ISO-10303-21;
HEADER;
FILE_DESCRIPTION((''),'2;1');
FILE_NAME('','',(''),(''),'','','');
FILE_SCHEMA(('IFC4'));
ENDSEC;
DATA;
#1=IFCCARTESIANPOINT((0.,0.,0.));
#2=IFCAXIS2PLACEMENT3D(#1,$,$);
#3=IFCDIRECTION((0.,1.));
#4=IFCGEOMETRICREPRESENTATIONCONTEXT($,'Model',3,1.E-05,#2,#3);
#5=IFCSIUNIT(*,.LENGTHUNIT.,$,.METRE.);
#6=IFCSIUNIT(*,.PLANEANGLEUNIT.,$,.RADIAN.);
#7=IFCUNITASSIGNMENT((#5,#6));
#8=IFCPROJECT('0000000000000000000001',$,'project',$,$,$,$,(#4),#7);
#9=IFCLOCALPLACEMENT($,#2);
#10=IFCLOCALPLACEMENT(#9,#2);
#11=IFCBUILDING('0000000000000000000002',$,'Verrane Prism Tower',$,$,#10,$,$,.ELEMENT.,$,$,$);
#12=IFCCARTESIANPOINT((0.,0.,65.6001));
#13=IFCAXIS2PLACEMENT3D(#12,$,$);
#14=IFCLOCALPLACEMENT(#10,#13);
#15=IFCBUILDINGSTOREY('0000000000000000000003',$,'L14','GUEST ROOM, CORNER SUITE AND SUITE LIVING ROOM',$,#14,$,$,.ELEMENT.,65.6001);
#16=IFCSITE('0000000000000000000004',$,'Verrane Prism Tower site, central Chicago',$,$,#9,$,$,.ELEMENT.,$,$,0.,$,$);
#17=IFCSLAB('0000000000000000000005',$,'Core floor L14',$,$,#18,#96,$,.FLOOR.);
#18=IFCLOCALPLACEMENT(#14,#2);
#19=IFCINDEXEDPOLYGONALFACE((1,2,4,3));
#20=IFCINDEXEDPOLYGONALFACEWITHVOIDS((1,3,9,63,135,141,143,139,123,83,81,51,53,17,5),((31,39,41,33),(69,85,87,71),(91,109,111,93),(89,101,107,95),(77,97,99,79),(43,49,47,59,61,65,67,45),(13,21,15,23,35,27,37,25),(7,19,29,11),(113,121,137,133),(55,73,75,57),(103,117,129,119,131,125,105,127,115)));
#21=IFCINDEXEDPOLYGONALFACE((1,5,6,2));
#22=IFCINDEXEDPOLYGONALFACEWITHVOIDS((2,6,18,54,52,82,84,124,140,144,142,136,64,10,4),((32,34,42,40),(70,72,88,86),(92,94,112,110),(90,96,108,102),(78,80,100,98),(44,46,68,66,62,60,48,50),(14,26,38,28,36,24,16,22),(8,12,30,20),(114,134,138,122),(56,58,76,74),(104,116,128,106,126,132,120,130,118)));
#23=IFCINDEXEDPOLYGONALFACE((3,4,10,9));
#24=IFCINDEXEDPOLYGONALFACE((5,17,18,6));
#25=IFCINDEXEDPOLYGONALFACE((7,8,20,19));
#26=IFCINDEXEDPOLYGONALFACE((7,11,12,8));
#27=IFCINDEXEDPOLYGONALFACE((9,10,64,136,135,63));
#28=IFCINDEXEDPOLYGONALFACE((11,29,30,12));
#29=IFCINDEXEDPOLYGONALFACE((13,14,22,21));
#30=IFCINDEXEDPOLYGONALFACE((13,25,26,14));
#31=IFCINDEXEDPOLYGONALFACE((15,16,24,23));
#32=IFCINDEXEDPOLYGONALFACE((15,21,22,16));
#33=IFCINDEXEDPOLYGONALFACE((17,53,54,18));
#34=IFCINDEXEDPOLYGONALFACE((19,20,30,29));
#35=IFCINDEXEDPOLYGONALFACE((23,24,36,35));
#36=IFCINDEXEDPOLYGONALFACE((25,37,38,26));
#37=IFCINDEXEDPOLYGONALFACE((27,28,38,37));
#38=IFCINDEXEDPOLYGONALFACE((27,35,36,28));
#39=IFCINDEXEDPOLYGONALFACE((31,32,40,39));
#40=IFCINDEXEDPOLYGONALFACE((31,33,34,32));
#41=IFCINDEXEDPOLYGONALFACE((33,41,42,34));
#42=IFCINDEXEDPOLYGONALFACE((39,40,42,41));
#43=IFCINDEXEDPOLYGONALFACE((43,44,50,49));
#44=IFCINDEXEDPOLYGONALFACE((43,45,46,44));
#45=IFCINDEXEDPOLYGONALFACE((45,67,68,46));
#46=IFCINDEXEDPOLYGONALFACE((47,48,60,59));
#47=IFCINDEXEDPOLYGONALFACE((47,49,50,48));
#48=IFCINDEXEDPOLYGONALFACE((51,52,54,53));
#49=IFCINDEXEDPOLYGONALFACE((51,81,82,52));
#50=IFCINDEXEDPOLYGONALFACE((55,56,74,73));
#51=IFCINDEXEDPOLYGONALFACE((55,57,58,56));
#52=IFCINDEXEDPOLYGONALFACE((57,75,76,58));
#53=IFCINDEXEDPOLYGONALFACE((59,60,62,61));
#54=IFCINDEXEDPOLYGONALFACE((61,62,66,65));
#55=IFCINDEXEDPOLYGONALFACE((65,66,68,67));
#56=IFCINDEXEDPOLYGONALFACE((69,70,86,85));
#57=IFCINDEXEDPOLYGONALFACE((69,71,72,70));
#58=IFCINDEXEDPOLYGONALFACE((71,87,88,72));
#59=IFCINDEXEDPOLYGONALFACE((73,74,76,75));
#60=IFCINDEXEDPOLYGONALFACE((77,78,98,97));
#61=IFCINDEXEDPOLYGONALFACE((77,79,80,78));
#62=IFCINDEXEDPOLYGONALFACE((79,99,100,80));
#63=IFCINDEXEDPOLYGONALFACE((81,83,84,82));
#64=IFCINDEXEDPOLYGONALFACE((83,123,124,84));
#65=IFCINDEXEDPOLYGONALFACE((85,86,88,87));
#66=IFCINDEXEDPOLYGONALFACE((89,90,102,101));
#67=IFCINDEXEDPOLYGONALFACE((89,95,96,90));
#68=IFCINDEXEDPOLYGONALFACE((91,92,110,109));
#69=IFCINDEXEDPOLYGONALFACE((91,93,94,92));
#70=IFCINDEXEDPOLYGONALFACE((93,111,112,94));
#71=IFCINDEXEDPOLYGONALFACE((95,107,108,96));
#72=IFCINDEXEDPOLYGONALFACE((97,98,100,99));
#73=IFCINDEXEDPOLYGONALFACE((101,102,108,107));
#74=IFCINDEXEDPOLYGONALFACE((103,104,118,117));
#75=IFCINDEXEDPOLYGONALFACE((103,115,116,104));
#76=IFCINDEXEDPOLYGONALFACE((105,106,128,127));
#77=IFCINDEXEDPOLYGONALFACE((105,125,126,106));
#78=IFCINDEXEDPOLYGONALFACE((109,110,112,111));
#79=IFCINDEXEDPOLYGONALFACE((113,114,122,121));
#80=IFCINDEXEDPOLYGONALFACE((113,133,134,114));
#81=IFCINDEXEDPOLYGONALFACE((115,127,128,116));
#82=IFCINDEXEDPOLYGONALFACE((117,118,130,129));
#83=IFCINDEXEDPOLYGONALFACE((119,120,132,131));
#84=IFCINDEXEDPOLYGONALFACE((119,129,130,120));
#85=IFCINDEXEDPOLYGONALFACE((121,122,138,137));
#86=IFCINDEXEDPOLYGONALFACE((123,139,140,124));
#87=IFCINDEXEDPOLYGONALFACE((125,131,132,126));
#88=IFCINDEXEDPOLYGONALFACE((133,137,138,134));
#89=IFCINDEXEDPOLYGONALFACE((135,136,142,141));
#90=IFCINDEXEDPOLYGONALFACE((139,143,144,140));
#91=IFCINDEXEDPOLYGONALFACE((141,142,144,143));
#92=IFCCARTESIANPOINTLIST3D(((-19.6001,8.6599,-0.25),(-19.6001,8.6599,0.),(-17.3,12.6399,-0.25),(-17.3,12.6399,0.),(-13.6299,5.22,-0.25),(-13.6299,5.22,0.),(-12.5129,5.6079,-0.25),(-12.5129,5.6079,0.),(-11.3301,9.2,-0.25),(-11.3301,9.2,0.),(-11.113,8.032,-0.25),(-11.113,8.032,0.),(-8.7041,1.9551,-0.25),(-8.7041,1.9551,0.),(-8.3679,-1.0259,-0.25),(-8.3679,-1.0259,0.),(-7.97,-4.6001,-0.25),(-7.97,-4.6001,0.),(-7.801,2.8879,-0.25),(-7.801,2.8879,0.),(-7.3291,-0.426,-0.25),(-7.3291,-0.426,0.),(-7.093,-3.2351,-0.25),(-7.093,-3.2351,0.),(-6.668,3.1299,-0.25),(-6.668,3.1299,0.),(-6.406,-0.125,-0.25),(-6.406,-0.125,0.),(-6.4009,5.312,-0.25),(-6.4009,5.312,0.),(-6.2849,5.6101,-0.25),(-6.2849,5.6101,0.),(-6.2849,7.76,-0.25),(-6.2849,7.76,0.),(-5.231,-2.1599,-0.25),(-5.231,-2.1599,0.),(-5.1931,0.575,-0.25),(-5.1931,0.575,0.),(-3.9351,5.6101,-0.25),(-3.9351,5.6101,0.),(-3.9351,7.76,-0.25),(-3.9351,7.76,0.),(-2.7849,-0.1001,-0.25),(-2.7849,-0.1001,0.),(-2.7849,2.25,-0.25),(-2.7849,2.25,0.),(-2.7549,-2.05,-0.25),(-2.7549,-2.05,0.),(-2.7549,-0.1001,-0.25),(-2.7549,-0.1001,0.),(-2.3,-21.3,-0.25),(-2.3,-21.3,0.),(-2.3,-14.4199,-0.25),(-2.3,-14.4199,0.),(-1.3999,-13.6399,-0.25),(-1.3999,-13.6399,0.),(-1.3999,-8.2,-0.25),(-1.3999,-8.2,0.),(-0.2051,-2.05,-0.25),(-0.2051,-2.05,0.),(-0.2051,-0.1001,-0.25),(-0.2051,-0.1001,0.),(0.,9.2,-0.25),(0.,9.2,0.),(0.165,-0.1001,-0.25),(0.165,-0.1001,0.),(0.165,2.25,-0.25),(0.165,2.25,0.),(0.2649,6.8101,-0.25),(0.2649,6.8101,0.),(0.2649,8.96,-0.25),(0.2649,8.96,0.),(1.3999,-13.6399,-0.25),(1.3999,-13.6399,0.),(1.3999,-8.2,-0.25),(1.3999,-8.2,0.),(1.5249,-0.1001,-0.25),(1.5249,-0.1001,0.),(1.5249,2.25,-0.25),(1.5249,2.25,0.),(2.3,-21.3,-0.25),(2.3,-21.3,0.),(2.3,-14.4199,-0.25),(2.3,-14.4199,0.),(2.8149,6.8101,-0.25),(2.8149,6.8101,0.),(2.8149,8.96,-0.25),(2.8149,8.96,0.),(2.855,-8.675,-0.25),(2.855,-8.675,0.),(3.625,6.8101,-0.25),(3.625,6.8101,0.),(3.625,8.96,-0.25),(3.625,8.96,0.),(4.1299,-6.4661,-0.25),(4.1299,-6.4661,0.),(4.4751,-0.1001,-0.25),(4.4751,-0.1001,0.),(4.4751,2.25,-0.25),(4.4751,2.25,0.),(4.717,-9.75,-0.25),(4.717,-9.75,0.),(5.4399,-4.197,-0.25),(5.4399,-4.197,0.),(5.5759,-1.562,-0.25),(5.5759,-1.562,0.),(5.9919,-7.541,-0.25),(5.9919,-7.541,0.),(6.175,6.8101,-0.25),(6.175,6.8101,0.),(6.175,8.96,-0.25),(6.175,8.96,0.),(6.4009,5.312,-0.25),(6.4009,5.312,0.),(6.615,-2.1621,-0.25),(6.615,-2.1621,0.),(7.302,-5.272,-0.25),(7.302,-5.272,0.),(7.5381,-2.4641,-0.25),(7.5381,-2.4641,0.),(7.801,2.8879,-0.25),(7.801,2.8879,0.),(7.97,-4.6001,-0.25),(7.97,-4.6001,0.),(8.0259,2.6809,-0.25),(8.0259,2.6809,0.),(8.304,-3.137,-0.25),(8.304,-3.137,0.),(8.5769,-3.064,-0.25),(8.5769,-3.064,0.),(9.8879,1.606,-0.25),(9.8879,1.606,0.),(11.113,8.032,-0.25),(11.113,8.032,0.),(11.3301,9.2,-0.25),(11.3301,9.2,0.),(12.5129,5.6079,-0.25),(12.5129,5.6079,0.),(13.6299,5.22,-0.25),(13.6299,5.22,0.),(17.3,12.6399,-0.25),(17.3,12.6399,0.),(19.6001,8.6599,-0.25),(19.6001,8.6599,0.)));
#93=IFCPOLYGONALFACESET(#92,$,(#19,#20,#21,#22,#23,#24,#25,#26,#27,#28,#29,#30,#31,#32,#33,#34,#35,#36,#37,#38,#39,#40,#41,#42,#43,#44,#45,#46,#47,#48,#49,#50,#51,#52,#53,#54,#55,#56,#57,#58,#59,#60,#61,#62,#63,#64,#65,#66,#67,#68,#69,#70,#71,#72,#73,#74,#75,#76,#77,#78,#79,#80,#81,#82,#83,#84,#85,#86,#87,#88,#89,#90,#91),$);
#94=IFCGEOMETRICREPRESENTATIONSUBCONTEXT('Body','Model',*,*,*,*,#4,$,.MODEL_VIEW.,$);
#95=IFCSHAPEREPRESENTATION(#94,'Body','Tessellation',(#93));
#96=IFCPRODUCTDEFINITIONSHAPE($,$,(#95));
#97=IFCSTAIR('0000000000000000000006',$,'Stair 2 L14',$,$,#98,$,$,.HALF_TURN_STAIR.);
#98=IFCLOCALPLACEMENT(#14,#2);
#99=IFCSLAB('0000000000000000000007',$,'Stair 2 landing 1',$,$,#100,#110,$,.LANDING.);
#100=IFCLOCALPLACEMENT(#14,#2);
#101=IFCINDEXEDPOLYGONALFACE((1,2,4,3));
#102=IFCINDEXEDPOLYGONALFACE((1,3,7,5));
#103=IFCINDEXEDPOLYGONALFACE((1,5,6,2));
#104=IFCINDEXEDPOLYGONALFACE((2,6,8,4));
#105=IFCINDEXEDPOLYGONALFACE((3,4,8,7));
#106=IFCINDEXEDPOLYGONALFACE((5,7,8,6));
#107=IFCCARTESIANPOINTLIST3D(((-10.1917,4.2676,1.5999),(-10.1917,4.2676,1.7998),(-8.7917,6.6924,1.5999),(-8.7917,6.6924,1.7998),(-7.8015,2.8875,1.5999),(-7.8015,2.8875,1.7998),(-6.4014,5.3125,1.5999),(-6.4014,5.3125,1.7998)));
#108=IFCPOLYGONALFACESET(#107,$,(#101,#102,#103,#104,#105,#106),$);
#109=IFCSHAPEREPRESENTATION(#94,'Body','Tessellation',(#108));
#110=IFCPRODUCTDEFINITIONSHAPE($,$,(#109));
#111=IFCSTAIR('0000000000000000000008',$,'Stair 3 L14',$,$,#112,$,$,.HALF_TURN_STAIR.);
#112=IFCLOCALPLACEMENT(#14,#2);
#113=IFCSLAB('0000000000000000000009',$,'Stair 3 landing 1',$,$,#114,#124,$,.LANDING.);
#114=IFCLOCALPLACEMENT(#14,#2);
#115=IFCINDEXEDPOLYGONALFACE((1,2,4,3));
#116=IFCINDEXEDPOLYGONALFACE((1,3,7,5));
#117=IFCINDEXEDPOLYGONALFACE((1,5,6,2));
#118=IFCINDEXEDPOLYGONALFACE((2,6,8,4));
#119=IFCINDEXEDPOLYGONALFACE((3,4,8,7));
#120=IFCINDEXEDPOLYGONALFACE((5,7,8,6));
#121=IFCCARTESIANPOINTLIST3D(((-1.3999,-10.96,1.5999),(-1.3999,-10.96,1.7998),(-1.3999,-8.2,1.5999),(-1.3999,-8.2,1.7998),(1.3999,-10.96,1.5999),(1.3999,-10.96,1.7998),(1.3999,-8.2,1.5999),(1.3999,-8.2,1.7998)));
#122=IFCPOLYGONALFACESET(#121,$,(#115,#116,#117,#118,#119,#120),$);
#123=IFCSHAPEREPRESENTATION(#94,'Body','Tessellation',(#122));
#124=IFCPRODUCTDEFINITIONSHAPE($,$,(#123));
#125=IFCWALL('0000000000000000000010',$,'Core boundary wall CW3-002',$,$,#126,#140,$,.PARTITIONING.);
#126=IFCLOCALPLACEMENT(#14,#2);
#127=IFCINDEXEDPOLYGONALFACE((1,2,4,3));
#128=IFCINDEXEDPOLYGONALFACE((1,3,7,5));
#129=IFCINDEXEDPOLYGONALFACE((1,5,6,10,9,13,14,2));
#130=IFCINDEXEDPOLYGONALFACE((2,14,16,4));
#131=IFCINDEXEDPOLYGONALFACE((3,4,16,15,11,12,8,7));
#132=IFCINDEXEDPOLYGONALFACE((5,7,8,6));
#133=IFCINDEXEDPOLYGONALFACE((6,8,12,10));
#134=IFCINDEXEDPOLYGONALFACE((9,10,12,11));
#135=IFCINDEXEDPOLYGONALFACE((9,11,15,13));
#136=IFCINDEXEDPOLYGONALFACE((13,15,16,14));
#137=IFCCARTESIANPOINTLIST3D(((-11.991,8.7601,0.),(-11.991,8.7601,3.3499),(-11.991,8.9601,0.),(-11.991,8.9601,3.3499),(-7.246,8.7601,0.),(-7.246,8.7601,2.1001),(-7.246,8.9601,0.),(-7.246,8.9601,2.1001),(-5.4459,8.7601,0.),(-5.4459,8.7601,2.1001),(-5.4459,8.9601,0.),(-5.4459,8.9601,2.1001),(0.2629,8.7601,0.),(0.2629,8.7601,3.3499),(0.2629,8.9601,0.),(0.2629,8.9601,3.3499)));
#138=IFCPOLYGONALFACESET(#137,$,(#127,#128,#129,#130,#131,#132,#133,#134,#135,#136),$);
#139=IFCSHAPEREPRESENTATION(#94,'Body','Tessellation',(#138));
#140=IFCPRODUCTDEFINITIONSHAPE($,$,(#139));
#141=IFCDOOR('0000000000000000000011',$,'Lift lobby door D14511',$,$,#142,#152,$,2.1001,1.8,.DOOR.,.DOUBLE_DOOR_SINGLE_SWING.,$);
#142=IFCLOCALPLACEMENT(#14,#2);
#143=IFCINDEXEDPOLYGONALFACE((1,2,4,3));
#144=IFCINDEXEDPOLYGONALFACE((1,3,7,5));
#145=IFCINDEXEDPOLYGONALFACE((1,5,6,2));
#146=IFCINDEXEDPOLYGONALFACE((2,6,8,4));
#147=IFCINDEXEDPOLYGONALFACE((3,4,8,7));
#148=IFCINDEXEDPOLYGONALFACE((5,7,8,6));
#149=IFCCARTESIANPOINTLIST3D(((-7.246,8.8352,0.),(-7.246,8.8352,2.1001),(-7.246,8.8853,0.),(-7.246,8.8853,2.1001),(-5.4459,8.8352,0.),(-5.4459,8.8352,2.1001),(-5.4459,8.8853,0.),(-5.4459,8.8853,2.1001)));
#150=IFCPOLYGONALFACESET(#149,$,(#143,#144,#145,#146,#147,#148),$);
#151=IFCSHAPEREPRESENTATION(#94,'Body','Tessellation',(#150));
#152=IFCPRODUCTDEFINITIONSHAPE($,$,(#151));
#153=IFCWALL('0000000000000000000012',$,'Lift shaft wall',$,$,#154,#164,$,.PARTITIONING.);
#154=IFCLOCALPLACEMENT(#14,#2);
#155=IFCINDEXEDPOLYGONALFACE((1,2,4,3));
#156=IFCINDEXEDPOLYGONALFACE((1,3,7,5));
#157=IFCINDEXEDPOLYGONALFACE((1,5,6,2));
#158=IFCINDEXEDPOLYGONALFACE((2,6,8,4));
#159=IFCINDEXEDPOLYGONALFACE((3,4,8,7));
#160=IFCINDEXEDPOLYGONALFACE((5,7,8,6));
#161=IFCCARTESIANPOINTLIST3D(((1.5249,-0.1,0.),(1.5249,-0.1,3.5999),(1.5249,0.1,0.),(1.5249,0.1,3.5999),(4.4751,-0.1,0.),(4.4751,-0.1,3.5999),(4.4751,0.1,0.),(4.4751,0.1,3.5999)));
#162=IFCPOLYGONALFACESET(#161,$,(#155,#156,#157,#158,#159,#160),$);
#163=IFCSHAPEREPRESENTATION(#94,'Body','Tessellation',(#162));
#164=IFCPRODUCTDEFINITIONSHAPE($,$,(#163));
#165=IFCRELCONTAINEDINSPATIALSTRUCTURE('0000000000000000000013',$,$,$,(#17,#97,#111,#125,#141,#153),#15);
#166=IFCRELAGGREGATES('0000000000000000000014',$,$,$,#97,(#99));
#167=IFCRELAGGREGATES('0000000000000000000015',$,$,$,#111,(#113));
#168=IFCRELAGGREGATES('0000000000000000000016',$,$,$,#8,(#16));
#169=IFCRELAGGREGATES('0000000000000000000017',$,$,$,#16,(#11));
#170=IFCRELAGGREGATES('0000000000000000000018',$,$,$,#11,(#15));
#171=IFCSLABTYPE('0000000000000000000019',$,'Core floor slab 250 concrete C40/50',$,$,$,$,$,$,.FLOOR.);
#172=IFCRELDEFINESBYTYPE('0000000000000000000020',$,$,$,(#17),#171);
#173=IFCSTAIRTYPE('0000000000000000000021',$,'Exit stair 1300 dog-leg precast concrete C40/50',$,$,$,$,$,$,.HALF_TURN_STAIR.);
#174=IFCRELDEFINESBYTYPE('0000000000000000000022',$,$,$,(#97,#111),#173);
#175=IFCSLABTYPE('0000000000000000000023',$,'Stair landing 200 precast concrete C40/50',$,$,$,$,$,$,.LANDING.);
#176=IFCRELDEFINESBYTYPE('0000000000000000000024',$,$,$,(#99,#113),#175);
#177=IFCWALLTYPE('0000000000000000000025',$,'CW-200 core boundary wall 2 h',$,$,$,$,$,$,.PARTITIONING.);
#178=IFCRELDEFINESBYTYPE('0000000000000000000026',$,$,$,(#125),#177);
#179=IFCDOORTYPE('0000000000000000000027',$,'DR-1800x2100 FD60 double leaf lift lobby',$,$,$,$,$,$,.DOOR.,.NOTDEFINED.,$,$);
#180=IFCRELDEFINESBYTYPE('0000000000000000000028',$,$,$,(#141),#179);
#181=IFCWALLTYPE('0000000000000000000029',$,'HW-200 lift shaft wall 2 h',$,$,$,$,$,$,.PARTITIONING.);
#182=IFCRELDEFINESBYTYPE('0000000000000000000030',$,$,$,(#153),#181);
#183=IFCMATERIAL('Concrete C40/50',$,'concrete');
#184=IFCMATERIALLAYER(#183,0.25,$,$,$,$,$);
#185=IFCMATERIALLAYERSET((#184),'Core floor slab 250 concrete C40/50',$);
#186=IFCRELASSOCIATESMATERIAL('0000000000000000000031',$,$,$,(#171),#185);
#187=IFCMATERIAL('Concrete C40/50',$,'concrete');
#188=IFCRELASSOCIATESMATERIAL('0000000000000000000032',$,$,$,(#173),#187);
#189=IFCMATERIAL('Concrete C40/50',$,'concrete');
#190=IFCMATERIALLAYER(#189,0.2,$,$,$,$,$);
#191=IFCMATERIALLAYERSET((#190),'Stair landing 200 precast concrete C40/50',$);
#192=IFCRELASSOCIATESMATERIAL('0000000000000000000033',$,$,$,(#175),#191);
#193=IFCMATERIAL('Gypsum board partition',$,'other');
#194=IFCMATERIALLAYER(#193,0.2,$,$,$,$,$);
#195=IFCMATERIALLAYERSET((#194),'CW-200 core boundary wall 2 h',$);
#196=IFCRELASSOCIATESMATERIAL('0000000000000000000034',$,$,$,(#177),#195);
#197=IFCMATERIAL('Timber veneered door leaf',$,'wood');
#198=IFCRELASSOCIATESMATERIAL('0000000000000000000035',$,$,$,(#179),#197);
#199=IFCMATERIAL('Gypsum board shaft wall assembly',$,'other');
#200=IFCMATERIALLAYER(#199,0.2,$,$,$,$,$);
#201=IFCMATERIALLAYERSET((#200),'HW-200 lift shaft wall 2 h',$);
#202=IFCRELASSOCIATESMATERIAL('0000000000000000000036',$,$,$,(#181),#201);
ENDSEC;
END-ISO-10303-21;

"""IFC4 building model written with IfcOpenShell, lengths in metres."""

from ifc_helpers import new_model, si_unit, direction, frame, frame_2d, origin, place, context, subcontext, project, spatial, polyline, rectangle, outline, extrude, material, layer, layer_set, type_object, element, fill, aggregate, save


model = new_model("IFC4")

# Units and contexts
model_context = context("Model", 3, precision=1e-05, world=origin(), true_north=direction((0.0, 1.0)))
body_context = subcontext(model_context, "Body", "Model", "MODEL_VIEW")
ifc_project = project(units=[si_unit("LENGTHUNIT", "METRE"), si_unit("PLANEANGLEUNIT", "RADIAN")], contexts=[model_context])

# Site, building, storey
site_placement = place(None, origin())
site = spatial("IfcSite", under=ifc_project, at=site_placement, Name="Verrane Prism Tower site, central Chicago", CompositionType="ELEMENT", RefElevation=0.0)
building_placement = place(site_placement, origin())
building = spatial("IfcBuilding", under=site, at=building_placement, Name="Verrane Prism Tower", CompositionType="ELEMENT")
storey_placement = place(building_placement, frame((0.0, 0.0, 65.6001)))
storey = spatial("IfcBuildingStorey", under=building, at=storey_placement, Name="L14", Description="GUEST ROOM, CORNER SUITE AND SUITE LIVING ROOM", CompositionType="ELEMENT", Elevation=65.6001)

# Slab
ifc_material_1 = material(Name="Concrete C40/50", Category="concrete")
ifc_layer_1 = layer(ifc_material_1, 0.25)
ifc_layer_set_1 = layer_set([ifc_layer_1], Name="Core floor slab 250 concrete C40/50")
slab_type_1 = type_object("IfcSlabType", Name="Core floor slab 250 concrete C40/50", PredefinedType="FLOOR", material=ifc_layer_set_1)
slab_1_placement = place(storey_placement, frame((0.0, 0.0, -0.25)))
element("IfcSlab", 1, at=slab_1_placement, inside=storey, type_object=slab_type_1, Name="Core floor L14", PredefinedType="FLOOR", context=body_context, shape_type="SweptSolid", body=[
    extrude(outline(polyline([(13.6299, 5.22), (19.6001, 8.6599), (17.3, 12.6399), (11.3301, 9.2), (0.0, 9.2), (-11.3301, 9.2), (-17.3, 12.6399), (-19.6001, 8.6599), (-13.6299, 5.22), (-7.97, -4.6001), (-2.3, -14.4199), (-2.3, -21.3), (2.3, -21.3), (2.3, -14.4199), (7.97, -4.6001), (13.6299, 5.22)]), holes=[polyline([(1.3999, -8.2), (1.3999, -13.6399), (-1.3999, -13.6399), (-1.3999, -8.2), (1.3999, -8.2)]), polyline([(0.165, 2.25), (0.165, -0.1001), (-0.2051, -0.1001), (-0.2051, -2.05), (-2.7549, -2.05), (-2.7549, -0.1001), (-2.7849, -0.1001), (-2.7849, 2.25), (0.165, 2.25)]), polyline([(-7.801, 2.8879), (-12.5129, 5.6079), (-11.113, 8.032), (-6.4009, 5.312), (-7.801, 2.8879)]), polyline([(-6.2849, 5.6101), (-6.2849, 7.76), (-3.9351, 7.76), (-3.9351, 5.6101), (-6.2849, 5.6101)]), polyline([(2.8149, 6.8101), (0.2649, 6.8101), (0.2649, 8.96), (2.8149, 8.96), (2.8149, 6.8101)]), polyline([(4.717, -9.75), (2.855, -8.675), (4.1299, -6.4661), (5.9919, -7.541), (4.717, -9.75)]), polyline([(8.304, -3.137), (5.5759, -1.562), (8.0259, 2.6809), (9.8879, 1.606), (7.5381, -2.4641), (8.5769, -3.064), (7.302, -5.272), (5.4399, -4.197), (6.615, -2.1621), (8.304, -3.137)]), polyline([(1.5249, -0.1001), (1.5249, 2.25), (4.4751, 2.25), (4.4751, -0.1001), (1.5249, -0.1001)]), polyline([(11.113, 8.032), (12.5129, 5.6079), (7.801, 2.8879), (6.4009, 5.312), (11.113, 8.032)]), polyline([(3.625, 6.8101), (3.625, 8.96), (6.175, 8.96), (6.175, 6.8101), (3.625, 6.8101)]), polyline([(-5.231, -2.1599), (-7.093, -3.2351), (-8.3679, -1.0259), (-7.3291, -0.426), (-8.7041, 1.9551), (-6.668, 3.1299), (-5.1931, 0.575), (-6.406, -0.125), (-5.231, -2.1599)])]), origin(), (0.0, 0.0, 1.0), 0.25),
])

# Stairs, slabs
ifc_material_2 = material(Name="Concrete C40/50", Category="concrete")
stair_type = type_object("IfcStairType", Name="Exit stair 1300 dog-leg precast concrete C40/50", PredefinedType="HALF_TURN_STAIR", material=ifc_material_2)
stair_1_placement = place(storey_placement, origin())
stair_1 = element("IfcStair", 2, at=stair_1_placement, inside=storey, type_object=stair_type, Name="Stair 2 L14", PredefinedType="HALF_TURN_STAIR")
ifc_material_3 = material(Name="Concrete C40/50", Category="concrete")
ifc_layer_2 = layer(ifc_material_3, 0.2)
ifc_layer_set_2 = layer_set([ifc_layer_2], Name="Stair landing 200 precast concrete C40/50")
slab_type_2 = type_object("IfcSlabType", Name="Stair landing 200 precast concrete C40/50", PredefinedType="LANDING", material=ifc_layer_set_2)
slab_2_placement = place(storey_placement, frame((0.0, 0.0, 1.5999)))
slab_2 = element("IfcSlab", 3, at=slab_2_placement, type_object=slab_type_2, Name="Stair 2 landing 1", PredefinedType="LANDING", context=body_context, shape_type="SweptSolid", body=[
    extrude(outline(polyline([(-10.1917, 4.2676), (-7.8015, 2.8875), (-6.4014, 5.3125), (-8.7917, 6.6924), (-10.1917, 4.2676)])), origin(), (0.0, 0.0, 1.0), 0.2),
])
aggregate(stair_1, [slab_2])
stair_2_placement = place(storey_placement, origin())
stair_2 = element("IfcStair", 4, at=stair_2_placement, inside=storey, type_object=stair_type, Name="Stair 3 L14", PredefinedType="HALF_TURN_STAIR")
slab_3_placement = place(storey_placement, frame((0.0, 0.0, 1.5999)))
slab_3 = element("IfcSlab", 5, at=slab_3_placement, type_object=slab_type_2, Name="Stair 3 landing 1", PredefinedType="LANDING", context=body_context, shape_type="SweptSolid", body=[
    extrude(outline(polyline([(1.3999, -10.96), (1.3999, -8.2), (-1.3999, -8.2), (-1.3999, -10.96), (1.3999, -10.96)])), origin(), (0.0, 0.0, 1.0), 0.2),
])
aggregate(stair_2, [slab_3])

# Wall, opening, door
ifc_material_4 = material(Name="Gypsum board partition", Category="other")
ifc_layer_3 = layer(ifc_material_4, 0.2)
ifc_layer_set_3 = layer_set([ifc_layer_3], Name="CW-200 core boundary wall 2 h")
wall_type_1 = type_object("IfcWallType", Name="CW-200 core boundary wall 2 h", PredefinedType="PARTITIONING", material=ifc_layer_set_3)
wall_1_placement = place(storey_placement, frame((0.2629, 8.8601, 0.0), z_axis=(0.0, 0.0, 1.0), x_axis=(-1.0, 0.0, 0.0)))
wall_1 = element("IfcWall", 6, at=wall_1_placement, inside=storey, type_object=wall_type_1, Name="Core boundary wall CW3-002", PredefinedType="PARTITIONING", context=body_context, shape_type="SweptSolid", body=[
    extrude(rectangle(XDim=12.2539, YDim=0.2, at=frame_2d((6.127, 0.0))), origin(), (0.0, 0.0, 1.0), 3.3499),
])
opening_1_placement = place(wall_1_placement, frame((5.709, 0.0, 0.0)))
opening_1 = element("IfcOpeningElement", 7, at=opening_1_placement, cuts=wall_1, PredefinedType="OPENING", context=body_context, shape_type="SweptSolid", body=[
    extrude(rectangle(XDim=1.8, YDim=2.1001, at=frame_2d((0.8999, 1.05))), frame((0.0, 0.1099, 0.0), z_axis=(0.0, -1.0, 0.0), x_axis=(1.0, 0.0, 0.0)), (0.0, 0.0, 1.0), 0.22),
])
ifc_material_5 = material(Name="Timber veneered door leaf", Category="wood")
door_type_1 = type_object("IfcDoorType", Name="DR-1800x2100 FD60 double leaf lift lobby", OperationType="NOTDEFINED", PredefinedType="DOOR", material=ifc_material_5)
door_1_placement = place(opening_1_placement, origin())
door_1 = element("IfcDoor", 8, at=door_1_placement, inside=storey, type_object=door_type_1, Name="Lift lobby door D14511", OperationType="DOUBLE_DOOR_SINGLE_SWING", OverallHeight=2.1001, OverallWidth=1.8, PredefinedType="DOOR", context=body_context, shape_type="SweptSolid", body=[
    extrude(rectangle(XDim=1.8, YDim=2.1001, at=frame_2d((0.8999, 1.05))), frame((0.0, 0.0249, 0.0), z_axis=(0.0, -1.0, 0.0), x_axis=(1.0, 0.0, 0.0)), (0.0, 0.0, 1.0), 0.05),
])
fill(opening_1, door_1)

# Wall
ifc_material_6 = material(Name="Gypsum board shaft wall assembly", Category="other")
ifc_layer_4 = layer(ifc_material_6, 0.2)
ifc_layer_set_4 = layer_set([ifc_layer_4], Name="HW-200 lift shaft wall 2 h")
wall_type_2 = type_object("IfcWallType", Name="HW-200 lift shaft wall 2 h", PredefinedType="PARTITIONING", material=ifc_layer_set_4)
wall_2_placement = place(storey_placement, frame((1.5249, 0.0, 0.0), z_axis=(0.0, 0.0, 1.0), x_axis=(1.0, 0.0, 0.0)))
element("IfcWall", 9, at=wall_2_placement, inside=storey, type_object=wall_type_2, Name="Lift shaft wall", PredefinedType="PARTITIONING", context=body_context, shape_type="SweptSolid", body=[
    extrude(rectangle(XDim=2.9502, YDim=0.2, at=frame_2d((1.4751, 0.0))), origin(), (0.0, 0.0, 1.0), 3.5999),
])

save(model, "model.ifc")
